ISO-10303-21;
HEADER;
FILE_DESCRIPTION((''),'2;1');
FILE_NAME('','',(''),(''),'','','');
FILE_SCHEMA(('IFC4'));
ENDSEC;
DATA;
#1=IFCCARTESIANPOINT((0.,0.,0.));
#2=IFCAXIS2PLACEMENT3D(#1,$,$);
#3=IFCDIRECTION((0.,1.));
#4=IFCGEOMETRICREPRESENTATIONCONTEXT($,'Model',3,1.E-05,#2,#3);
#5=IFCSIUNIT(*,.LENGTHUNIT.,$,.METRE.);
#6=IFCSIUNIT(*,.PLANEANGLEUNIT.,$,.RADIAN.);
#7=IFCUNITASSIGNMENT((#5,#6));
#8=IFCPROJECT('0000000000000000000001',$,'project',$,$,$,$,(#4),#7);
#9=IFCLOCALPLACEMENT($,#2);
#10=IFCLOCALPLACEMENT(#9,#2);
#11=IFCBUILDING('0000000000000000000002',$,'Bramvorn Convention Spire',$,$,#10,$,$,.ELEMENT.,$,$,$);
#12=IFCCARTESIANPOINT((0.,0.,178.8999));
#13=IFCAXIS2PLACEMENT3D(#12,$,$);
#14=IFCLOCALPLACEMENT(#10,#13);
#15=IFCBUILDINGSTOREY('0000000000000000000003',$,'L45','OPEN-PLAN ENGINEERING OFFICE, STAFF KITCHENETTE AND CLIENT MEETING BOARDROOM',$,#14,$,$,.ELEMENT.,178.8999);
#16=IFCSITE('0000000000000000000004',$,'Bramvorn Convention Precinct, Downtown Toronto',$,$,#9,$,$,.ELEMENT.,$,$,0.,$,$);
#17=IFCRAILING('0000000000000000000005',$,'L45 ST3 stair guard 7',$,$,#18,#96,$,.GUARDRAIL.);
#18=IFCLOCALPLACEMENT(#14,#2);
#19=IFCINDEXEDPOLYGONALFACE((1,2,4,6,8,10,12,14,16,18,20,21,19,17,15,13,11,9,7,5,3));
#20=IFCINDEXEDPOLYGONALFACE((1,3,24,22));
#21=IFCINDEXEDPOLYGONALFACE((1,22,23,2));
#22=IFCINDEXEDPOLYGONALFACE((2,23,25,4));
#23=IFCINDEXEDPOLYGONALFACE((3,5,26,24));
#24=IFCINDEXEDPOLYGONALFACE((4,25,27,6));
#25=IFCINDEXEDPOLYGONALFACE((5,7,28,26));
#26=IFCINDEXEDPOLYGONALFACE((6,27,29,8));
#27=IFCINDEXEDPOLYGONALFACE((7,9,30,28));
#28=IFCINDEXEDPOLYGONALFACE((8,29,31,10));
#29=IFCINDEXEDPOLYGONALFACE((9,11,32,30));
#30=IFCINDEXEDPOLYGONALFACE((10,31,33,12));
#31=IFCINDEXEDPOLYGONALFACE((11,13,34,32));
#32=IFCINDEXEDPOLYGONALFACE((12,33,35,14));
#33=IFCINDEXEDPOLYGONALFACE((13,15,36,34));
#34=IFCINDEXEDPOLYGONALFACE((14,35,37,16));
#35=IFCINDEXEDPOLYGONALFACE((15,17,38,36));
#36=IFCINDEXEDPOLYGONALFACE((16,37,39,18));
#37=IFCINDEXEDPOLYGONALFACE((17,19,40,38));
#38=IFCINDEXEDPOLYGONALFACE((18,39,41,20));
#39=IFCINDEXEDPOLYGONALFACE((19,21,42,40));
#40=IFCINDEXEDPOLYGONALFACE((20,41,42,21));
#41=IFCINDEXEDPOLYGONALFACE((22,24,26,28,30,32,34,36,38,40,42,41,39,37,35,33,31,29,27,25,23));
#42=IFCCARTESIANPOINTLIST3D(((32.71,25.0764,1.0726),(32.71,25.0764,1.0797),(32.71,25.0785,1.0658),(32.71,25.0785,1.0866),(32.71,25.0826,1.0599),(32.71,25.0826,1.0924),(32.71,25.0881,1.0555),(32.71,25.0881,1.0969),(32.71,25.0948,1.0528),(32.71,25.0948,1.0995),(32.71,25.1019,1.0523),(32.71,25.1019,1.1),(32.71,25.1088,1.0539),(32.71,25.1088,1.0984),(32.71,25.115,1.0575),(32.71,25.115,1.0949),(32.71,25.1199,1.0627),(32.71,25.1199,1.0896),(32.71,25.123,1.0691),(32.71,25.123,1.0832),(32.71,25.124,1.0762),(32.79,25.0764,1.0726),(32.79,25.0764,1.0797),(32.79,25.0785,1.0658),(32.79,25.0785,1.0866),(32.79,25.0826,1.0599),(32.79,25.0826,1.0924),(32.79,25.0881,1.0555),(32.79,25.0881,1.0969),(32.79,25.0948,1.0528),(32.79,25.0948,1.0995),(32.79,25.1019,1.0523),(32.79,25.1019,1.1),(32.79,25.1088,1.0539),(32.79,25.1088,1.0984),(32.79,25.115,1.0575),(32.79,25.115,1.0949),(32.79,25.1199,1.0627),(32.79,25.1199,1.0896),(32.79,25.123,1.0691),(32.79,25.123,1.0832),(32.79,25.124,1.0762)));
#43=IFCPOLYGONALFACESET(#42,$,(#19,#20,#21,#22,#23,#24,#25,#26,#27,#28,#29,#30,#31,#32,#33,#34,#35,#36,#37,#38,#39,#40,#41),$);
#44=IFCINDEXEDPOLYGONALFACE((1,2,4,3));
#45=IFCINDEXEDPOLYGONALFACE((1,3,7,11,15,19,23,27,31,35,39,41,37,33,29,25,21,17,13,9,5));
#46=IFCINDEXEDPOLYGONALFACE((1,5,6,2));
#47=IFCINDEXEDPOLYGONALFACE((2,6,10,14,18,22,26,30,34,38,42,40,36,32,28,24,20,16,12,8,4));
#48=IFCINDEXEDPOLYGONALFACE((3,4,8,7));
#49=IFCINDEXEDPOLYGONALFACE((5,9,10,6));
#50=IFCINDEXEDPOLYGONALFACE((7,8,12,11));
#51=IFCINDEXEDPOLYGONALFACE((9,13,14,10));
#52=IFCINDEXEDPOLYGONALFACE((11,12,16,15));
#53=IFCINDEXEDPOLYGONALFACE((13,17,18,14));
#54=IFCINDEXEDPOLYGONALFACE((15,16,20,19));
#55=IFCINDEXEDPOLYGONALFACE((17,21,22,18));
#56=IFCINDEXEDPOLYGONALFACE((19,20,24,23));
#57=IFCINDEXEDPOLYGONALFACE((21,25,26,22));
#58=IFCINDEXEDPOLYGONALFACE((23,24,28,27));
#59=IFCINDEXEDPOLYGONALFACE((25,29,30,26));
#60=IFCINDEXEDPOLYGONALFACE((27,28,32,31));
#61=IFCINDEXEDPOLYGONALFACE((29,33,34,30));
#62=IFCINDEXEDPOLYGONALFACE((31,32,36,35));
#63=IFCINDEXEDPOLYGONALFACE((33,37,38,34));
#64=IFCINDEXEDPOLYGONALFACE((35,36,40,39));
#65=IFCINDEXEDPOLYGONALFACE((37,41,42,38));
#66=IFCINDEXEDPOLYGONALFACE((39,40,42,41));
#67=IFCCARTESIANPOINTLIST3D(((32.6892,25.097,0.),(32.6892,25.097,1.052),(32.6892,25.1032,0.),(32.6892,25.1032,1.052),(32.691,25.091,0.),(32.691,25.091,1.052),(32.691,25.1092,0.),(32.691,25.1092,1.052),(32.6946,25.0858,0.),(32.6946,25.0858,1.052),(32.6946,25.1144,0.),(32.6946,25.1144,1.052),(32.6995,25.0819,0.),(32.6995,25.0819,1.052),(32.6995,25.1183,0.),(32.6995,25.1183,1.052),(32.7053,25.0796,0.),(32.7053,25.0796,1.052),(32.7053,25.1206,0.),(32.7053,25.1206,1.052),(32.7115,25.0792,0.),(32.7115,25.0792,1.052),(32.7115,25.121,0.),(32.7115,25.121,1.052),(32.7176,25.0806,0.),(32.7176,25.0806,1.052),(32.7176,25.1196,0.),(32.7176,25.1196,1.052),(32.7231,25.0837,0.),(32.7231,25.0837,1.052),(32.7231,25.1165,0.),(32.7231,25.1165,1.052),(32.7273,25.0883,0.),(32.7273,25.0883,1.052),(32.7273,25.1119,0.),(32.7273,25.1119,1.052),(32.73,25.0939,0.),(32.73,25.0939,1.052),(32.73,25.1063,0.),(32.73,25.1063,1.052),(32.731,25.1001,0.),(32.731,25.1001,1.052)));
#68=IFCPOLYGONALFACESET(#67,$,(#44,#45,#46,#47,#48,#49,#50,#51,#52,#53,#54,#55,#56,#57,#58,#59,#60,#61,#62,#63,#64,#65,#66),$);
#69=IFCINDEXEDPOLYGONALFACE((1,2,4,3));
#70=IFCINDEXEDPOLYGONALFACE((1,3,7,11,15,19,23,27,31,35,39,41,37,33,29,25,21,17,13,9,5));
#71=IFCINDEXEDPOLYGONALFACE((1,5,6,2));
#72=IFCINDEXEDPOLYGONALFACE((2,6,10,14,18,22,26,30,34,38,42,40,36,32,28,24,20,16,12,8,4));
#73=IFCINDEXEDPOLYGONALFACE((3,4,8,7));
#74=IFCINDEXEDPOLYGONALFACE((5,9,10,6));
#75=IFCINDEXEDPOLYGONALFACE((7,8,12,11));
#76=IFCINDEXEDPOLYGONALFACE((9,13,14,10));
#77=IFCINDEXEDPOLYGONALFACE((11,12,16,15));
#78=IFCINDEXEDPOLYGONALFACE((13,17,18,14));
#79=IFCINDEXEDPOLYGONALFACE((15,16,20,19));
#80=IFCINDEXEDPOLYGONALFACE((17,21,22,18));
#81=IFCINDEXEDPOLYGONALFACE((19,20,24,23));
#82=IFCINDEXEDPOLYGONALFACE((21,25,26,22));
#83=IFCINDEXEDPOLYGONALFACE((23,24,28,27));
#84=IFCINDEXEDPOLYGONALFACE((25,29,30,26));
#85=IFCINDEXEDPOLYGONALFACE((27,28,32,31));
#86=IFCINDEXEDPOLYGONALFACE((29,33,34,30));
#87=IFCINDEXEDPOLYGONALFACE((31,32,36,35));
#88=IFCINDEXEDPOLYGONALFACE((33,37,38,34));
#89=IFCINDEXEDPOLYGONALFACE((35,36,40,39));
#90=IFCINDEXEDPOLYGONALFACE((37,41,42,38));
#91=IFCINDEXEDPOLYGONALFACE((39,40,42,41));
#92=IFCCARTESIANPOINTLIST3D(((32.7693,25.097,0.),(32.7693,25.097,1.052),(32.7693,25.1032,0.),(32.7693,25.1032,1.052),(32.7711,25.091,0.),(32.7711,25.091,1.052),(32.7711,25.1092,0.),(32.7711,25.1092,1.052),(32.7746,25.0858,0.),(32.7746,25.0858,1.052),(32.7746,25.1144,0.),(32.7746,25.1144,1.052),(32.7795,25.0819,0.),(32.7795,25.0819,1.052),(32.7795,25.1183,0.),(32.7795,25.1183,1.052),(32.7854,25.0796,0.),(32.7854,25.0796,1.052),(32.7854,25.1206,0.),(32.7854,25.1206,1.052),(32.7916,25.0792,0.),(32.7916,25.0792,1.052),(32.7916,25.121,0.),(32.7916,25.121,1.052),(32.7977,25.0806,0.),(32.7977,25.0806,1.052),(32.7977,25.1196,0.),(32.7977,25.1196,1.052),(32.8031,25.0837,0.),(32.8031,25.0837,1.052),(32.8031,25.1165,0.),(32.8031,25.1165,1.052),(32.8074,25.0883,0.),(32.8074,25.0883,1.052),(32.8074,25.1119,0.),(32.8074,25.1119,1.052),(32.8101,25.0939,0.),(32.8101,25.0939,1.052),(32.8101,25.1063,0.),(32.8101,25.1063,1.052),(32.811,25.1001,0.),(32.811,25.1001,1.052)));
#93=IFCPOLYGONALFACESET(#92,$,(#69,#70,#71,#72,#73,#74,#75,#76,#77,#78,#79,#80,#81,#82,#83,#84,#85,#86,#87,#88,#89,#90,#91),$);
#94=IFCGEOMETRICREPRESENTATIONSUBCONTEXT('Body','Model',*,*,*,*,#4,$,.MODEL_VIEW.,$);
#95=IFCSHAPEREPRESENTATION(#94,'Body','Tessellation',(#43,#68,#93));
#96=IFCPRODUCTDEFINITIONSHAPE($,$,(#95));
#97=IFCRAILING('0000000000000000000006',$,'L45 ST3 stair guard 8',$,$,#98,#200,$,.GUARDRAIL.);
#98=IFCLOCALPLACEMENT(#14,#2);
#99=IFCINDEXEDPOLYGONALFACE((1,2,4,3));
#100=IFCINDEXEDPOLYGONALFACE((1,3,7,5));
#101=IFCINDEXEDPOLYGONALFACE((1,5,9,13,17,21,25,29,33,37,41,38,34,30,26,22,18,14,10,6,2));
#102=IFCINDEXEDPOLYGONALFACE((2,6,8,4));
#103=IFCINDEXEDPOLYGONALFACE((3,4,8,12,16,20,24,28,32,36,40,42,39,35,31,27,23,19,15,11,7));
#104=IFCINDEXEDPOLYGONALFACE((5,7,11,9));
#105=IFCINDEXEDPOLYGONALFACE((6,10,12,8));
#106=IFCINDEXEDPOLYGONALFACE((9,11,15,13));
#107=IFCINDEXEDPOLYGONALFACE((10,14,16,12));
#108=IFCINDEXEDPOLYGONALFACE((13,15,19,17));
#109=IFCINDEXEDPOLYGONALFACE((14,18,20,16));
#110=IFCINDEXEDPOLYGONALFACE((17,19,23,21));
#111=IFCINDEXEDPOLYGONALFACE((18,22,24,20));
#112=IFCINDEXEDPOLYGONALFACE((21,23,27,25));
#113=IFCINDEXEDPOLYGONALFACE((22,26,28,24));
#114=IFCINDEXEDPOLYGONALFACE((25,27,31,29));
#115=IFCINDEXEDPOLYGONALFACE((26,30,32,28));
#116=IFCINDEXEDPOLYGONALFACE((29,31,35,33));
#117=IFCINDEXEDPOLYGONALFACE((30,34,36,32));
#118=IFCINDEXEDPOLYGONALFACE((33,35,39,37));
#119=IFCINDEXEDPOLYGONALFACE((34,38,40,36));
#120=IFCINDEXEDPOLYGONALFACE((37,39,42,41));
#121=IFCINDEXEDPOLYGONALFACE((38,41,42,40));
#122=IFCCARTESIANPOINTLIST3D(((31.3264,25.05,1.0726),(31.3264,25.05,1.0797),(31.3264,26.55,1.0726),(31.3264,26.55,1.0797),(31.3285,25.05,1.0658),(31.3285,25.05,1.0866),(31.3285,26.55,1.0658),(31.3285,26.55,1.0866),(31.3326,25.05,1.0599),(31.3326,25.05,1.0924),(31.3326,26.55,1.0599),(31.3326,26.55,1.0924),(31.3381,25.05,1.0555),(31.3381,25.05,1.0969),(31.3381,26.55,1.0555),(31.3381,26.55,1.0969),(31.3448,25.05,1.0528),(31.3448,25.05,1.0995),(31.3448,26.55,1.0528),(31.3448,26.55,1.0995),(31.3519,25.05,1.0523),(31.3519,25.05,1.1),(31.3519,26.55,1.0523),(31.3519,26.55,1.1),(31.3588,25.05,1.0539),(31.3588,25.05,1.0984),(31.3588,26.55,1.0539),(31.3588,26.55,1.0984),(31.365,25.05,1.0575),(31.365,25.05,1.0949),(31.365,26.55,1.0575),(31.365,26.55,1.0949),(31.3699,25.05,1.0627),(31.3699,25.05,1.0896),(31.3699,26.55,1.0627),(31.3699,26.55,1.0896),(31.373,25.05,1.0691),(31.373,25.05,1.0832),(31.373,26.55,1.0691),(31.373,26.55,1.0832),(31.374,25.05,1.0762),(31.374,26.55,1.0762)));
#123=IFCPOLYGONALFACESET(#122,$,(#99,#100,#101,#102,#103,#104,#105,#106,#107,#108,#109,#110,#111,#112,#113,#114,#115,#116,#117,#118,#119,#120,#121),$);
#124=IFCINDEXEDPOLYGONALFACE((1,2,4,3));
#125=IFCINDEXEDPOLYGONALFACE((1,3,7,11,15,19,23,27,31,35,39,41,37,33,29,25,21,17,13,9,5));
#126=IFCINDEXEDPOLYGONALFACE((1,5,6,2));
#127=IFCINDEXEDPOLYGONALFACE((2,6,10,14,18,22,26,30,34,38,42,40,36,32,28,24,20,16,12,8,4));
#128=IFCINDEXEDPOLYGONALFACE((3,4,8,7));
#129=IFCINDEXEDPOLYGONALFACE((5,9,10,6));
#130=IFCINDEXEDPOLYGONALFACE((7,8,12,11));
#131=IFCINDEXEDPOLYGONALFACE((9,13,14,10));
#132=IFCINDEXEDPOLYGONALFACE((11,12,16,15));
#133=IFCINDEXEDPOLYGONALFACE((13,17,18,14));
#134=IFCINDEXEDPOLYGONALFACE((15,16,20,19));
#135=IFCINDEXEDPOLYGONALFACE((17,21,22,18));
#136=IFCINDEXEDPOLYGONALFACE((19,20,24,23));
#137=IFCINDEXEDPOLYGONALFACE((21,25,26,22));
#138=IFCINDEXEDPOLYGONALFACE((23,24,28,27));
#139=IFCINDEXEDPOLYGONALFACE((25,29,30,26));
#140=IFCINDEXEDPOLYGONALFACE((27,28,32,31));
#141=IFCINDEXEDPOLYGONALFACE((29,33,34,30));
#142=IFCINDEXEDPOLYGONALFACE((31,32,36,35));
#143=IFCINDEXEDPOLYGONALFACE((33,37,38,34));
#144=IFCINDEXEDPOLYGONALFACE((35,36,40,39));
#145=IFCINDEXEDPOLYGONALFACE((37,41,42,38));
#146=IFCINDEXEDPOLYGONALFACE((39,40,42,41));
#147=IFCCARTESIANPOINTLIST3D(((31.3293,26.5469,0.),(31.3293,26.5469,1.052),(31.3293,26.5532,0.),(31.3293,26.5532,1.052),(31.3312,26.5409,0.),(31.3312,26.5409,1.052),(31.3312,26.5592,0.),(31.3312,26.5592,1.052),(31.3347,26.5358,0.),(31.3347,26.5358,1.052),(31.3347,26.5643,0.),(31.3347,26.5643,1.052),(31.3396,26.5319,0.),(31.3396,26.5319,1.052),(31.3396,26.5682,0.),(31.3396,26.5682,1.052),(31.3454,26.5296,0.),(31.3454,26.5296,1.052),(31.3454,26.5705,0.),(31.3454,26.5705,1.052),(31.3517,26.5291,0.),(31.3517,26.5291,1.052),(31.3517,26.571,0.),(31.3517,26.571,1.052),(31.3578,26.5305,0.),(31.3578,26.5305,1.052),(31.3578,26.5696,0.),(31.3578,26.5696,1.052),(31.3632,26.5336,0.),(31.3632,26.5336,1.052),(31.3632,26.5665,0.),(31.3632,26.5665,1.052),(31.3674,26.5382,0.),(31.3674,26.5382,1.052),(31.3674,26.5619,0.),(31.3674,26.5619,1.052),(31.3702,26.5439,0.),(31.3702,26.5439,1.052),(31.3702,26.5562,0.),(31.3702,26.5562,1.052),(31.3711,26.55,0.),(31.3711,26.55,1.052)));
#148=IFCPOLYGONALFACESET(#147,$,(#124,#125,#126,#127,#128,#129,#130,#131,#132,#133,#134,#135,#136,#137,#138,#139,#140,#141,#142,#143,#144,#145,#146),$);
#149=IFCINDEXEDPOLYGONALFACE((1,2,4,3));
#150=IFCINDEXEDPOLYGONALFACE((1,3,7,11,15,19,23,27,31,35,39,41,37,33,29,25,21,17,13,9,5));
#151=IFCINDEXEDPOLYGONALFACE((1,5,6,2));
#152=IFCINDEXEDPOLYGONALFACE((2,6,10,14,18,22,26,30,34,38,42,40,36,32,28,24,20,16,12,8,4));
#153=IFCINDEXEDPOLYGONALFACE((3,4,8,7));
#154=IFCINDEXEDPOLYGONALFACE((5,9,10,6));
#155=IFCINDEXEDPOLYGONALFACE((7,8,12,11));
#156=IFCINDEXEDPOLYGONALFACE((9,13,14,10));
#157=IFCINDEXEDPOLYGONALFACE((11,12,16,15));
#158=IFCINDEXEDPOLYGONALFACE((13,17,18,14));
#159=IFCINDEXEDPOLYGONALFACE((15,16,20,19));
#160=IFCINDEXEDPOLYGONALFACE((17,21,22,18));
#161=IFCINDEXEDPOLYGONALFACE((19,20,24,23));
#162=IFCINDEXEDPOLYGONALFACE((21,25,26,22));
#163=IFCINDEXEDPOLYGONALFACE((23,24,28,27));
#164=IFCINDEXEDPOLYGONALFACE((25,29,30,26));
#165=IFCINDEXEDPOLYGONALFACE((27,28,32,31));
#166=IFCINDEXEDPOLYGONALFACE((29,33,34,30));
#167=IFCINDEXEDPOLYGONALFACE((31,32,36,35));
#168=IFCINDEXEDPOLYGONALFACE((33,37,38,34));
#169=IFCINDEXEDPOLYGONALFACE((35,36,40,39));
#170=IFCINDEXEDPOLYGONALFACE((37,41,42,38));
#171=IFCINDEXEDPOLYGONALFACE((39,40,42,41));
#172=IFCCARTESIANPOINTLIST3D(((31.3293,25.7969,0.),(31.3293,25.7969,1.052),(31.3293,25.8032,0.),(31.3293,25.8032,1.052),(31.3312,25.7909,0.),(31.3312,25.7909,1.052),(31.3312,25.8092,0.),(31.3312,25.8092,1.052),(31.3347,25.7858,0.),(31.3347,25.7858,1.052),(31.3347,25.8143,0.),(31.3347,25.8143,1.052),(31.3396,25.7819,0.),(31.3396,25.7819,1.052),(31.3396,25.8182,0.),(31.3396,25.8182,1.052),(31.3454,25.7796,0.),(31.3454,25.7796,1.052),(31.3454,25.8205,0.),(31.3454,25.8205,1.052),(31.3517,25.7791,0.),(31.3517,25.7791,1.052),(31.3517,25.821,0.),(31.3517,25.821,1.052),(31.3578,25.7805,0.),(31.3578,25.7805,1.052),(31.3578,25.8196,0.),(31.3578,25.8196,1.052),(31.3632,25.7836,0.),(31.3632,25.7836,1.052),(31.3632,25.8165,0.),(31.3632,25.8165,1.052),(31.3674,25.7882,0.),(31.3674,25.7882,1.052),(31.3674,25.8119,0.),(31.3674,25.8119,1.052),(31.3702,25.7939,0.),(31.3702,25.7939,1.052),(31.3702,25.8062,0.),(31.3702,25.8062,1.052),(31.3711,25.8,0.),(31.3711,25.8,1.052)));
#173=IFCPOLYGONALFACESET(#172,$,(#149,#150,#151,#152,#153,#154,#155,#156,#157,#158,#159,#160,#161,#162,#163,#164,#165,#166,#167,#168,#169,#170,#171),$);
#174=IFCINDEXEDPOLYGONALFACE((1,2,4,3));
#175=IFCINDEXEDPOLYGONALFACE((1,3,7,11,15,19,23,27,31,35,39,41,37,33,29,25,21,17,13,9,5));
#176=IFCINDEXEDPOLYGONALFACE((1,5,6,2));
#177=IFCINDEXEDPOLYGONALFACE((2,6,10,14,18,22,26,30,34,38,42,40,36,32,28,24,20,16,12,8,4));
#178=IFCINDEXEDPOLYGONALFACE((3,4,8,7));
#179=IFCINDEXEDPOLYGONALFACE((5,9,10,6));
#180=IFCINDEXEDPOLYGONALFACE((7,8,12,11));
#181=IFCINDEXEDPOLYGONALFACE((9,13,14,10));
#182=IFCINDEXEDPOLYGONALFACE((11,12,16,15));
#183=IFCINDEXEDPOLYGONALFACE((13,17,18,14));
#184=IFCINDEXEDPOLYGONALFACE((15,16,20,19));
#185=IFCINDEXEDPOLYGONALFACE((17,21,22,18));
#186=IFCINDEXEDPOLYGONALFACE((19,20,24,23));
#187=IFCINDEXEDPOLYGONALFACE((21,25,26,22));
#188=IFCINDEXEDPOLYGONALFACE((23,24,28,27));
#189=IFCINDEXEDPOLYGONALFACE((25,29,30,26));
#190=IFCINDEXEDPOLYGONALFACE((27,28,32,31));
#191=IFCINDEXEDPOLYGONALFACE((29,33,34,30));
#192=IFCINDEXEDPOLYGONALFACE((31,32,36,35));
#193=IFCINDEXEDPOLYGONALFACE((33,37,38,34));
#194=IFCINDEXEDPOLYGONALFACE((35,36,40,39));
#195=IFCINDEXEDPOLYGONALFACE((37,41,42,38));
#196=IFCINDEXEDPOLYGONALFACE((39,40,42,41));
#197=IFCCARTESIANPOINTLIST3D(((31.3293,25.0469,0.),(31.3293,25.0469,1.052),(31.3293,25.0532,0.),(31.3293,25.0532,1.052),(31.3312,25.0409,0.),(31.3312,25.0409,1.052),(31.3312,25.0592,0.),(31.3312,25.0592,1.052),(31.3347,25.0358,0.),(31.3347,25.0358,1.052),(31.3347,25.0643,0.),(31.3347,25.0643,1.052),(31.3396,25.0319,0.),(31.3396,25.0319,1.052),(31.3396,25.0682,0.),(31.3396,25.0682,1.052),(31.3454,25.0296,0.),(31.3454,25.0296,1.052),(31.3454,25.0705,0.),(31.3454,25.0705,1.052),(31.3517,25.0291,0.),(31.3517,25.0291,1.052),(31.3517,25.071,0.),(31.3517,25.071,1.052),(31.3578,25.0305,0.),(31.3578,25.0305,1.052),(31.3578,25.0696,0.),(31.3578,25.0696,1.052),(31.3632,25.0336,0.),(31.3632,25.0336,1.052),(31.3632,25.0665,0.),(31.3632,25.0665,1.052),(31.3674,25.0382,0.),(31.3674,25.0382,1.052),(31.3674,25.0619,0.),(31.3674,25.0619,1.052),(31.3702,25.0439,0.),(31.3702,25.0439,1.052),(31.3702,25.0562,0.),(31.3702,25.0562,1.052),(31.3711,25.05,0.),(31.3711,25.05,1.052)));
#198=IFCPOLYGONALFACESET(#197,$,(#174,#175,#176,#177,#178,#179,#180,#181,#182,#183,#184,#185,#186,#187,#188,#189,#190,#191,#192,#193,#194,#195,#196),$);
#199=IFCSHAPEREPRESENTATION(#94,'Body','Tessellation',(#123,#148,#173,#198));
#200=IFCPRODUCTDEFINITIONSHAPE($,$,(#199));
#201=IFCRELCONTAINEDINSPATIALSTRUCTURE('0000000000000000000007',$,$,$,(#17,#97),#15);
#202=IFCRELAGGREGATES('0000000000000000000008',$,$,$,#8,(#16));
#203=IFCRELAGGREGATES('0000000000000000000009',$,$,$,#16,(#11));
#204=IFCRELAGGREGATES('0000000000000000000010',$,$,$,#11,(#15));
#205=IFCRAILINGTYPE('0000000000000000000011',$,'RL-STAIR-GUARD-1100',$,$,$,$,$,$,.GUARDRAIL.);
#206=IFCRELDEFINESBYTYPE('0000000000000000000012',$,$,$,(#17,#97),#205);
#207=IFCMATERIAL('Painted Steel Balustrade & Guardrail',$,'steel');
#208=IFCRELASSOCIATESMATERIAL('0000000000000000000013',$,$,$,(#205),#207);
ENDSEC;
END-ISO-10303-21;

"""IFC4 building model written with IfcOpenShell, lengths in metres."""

from ifc_helpers import new_model, si_unit, direction, frame, origin, origin_2d, place, context, subcontext, project, spatial, circle, extrude, material, type_object, element, save


model = new_model("IFC4")

# Units and contexts
model_context = context("Model", 3, precision=1e-05, world=origin(), true_north=direction((0.0, 1.0)))
body_context = subcontext(model_context, "Body", "Model", "MODEL_VIEW")
ifc_project = project(units=[si_unit("LENGTHUNIT", "METRE"), si_unit("PLANEANGLEUNIT", "RADIAN")], contexts=[model_context])

# Site, building, storey
site_placement = place(None, origin())
site = spatial("IfcSite", under=ifc_project, at=site_placement, Name="Bramvorn Convention Precinct, Downtown Toronto", CompositionType="ELEMENT", RefElevation=0.0)
building_placement = place(site_placement, origin())
building = spatial("IfcBuilding", under=site, at=building_placement, Name="Bramvorn Convention Spire", CompositionType="ELEMENT")
storey_placement = place(building_placement, frame((0.0, 0.0, 178.8999)))
storey = spatial("IfcBuildingStorey", under=building, at=storey_placement, Name="L45", Description="OPEN-PLAN ENGINEERING OFFICE, STAFF KITCHENETTE AND CLIENT MEETING BOARDROOM", CompositionType="ELEMENT", Elevation=178.8999)

# Railings
ifc_material_1 = material(Name="Painted Steel Balustrade & Guardrail", Category="steel")
railing_type = type_object("IfcRailingType", Name="RL-STAIR-GUARD-1100", PredefinedType="GUARDRAIL", material=ifc_material_1)
railing_1_placement = place(storey_placement, frame((32.71, 25.1001, 0.0)))
element("IfcRailing", 1, at=railing_1_placement, inside=storey, type_object=railing_type, Name="L45 ST3 stair guard 7", PredefinedType="GUARDRAIL", context=body_context, shape_type="SweptSolid", body=[
    extrude(circle(Radius=0.0239, at=origin_2d()), frame((0.0, 0.0, 1.0762), z_axis=(1.0, 0.0, 0.0), x_axis=(0.0, 1.0, 0.0)), (0.0, 0.0, 1.0), 0.0801),
    extrude(circle(Radius=0.021, at=origin_2d()), origin(), (0.0, 0.0, 1.0), 1.052),
    extrude(circle(Radius=0.021, at=origin_2d()), frame((0.0801, 0.0, 0.0)), (0.0, 0.0, 1.0), 1.052),
])
for number, where, name in (
    (2, (31.3501, 26.55, 0.0), "L45 ST3 stair guard 8"),
):
    element("IfcRailing", number, at=place(storey_placement, frame(where)), inside=storey, type_object=railing_type, Name=name, PredefinedType="GUARDRAIL", context=body_context, shape_type="SweptSolid", body=[
        extrude(circle(Radius=0.0239, at=origin_2d()), frame((0.0, 0.0, 1.0762), z_axis=(0.0, -1.0, 0.0), x_axis=(1.0, 0.0, 0.0)), (0.0, 0.0, 1.0), 1.5),
        extrude(circle(Radius=0.021, at=origin_2d()), origin(), (0.0, 0.0, 1.0), 1.052),
        extrude(circle(Radius=0.021, at=origin_2d()), frame((0.0, -0.75, 0.0)), (0.0, 0.0, 1.0), 1.052),
        extrude(circle(Radius=0.021, at=origin_2d()), frame((0.0, -1.5, 0.0)), (0.0, 0.0, 1.0), 1.052),
    ])

save(model, "model.ifc")
